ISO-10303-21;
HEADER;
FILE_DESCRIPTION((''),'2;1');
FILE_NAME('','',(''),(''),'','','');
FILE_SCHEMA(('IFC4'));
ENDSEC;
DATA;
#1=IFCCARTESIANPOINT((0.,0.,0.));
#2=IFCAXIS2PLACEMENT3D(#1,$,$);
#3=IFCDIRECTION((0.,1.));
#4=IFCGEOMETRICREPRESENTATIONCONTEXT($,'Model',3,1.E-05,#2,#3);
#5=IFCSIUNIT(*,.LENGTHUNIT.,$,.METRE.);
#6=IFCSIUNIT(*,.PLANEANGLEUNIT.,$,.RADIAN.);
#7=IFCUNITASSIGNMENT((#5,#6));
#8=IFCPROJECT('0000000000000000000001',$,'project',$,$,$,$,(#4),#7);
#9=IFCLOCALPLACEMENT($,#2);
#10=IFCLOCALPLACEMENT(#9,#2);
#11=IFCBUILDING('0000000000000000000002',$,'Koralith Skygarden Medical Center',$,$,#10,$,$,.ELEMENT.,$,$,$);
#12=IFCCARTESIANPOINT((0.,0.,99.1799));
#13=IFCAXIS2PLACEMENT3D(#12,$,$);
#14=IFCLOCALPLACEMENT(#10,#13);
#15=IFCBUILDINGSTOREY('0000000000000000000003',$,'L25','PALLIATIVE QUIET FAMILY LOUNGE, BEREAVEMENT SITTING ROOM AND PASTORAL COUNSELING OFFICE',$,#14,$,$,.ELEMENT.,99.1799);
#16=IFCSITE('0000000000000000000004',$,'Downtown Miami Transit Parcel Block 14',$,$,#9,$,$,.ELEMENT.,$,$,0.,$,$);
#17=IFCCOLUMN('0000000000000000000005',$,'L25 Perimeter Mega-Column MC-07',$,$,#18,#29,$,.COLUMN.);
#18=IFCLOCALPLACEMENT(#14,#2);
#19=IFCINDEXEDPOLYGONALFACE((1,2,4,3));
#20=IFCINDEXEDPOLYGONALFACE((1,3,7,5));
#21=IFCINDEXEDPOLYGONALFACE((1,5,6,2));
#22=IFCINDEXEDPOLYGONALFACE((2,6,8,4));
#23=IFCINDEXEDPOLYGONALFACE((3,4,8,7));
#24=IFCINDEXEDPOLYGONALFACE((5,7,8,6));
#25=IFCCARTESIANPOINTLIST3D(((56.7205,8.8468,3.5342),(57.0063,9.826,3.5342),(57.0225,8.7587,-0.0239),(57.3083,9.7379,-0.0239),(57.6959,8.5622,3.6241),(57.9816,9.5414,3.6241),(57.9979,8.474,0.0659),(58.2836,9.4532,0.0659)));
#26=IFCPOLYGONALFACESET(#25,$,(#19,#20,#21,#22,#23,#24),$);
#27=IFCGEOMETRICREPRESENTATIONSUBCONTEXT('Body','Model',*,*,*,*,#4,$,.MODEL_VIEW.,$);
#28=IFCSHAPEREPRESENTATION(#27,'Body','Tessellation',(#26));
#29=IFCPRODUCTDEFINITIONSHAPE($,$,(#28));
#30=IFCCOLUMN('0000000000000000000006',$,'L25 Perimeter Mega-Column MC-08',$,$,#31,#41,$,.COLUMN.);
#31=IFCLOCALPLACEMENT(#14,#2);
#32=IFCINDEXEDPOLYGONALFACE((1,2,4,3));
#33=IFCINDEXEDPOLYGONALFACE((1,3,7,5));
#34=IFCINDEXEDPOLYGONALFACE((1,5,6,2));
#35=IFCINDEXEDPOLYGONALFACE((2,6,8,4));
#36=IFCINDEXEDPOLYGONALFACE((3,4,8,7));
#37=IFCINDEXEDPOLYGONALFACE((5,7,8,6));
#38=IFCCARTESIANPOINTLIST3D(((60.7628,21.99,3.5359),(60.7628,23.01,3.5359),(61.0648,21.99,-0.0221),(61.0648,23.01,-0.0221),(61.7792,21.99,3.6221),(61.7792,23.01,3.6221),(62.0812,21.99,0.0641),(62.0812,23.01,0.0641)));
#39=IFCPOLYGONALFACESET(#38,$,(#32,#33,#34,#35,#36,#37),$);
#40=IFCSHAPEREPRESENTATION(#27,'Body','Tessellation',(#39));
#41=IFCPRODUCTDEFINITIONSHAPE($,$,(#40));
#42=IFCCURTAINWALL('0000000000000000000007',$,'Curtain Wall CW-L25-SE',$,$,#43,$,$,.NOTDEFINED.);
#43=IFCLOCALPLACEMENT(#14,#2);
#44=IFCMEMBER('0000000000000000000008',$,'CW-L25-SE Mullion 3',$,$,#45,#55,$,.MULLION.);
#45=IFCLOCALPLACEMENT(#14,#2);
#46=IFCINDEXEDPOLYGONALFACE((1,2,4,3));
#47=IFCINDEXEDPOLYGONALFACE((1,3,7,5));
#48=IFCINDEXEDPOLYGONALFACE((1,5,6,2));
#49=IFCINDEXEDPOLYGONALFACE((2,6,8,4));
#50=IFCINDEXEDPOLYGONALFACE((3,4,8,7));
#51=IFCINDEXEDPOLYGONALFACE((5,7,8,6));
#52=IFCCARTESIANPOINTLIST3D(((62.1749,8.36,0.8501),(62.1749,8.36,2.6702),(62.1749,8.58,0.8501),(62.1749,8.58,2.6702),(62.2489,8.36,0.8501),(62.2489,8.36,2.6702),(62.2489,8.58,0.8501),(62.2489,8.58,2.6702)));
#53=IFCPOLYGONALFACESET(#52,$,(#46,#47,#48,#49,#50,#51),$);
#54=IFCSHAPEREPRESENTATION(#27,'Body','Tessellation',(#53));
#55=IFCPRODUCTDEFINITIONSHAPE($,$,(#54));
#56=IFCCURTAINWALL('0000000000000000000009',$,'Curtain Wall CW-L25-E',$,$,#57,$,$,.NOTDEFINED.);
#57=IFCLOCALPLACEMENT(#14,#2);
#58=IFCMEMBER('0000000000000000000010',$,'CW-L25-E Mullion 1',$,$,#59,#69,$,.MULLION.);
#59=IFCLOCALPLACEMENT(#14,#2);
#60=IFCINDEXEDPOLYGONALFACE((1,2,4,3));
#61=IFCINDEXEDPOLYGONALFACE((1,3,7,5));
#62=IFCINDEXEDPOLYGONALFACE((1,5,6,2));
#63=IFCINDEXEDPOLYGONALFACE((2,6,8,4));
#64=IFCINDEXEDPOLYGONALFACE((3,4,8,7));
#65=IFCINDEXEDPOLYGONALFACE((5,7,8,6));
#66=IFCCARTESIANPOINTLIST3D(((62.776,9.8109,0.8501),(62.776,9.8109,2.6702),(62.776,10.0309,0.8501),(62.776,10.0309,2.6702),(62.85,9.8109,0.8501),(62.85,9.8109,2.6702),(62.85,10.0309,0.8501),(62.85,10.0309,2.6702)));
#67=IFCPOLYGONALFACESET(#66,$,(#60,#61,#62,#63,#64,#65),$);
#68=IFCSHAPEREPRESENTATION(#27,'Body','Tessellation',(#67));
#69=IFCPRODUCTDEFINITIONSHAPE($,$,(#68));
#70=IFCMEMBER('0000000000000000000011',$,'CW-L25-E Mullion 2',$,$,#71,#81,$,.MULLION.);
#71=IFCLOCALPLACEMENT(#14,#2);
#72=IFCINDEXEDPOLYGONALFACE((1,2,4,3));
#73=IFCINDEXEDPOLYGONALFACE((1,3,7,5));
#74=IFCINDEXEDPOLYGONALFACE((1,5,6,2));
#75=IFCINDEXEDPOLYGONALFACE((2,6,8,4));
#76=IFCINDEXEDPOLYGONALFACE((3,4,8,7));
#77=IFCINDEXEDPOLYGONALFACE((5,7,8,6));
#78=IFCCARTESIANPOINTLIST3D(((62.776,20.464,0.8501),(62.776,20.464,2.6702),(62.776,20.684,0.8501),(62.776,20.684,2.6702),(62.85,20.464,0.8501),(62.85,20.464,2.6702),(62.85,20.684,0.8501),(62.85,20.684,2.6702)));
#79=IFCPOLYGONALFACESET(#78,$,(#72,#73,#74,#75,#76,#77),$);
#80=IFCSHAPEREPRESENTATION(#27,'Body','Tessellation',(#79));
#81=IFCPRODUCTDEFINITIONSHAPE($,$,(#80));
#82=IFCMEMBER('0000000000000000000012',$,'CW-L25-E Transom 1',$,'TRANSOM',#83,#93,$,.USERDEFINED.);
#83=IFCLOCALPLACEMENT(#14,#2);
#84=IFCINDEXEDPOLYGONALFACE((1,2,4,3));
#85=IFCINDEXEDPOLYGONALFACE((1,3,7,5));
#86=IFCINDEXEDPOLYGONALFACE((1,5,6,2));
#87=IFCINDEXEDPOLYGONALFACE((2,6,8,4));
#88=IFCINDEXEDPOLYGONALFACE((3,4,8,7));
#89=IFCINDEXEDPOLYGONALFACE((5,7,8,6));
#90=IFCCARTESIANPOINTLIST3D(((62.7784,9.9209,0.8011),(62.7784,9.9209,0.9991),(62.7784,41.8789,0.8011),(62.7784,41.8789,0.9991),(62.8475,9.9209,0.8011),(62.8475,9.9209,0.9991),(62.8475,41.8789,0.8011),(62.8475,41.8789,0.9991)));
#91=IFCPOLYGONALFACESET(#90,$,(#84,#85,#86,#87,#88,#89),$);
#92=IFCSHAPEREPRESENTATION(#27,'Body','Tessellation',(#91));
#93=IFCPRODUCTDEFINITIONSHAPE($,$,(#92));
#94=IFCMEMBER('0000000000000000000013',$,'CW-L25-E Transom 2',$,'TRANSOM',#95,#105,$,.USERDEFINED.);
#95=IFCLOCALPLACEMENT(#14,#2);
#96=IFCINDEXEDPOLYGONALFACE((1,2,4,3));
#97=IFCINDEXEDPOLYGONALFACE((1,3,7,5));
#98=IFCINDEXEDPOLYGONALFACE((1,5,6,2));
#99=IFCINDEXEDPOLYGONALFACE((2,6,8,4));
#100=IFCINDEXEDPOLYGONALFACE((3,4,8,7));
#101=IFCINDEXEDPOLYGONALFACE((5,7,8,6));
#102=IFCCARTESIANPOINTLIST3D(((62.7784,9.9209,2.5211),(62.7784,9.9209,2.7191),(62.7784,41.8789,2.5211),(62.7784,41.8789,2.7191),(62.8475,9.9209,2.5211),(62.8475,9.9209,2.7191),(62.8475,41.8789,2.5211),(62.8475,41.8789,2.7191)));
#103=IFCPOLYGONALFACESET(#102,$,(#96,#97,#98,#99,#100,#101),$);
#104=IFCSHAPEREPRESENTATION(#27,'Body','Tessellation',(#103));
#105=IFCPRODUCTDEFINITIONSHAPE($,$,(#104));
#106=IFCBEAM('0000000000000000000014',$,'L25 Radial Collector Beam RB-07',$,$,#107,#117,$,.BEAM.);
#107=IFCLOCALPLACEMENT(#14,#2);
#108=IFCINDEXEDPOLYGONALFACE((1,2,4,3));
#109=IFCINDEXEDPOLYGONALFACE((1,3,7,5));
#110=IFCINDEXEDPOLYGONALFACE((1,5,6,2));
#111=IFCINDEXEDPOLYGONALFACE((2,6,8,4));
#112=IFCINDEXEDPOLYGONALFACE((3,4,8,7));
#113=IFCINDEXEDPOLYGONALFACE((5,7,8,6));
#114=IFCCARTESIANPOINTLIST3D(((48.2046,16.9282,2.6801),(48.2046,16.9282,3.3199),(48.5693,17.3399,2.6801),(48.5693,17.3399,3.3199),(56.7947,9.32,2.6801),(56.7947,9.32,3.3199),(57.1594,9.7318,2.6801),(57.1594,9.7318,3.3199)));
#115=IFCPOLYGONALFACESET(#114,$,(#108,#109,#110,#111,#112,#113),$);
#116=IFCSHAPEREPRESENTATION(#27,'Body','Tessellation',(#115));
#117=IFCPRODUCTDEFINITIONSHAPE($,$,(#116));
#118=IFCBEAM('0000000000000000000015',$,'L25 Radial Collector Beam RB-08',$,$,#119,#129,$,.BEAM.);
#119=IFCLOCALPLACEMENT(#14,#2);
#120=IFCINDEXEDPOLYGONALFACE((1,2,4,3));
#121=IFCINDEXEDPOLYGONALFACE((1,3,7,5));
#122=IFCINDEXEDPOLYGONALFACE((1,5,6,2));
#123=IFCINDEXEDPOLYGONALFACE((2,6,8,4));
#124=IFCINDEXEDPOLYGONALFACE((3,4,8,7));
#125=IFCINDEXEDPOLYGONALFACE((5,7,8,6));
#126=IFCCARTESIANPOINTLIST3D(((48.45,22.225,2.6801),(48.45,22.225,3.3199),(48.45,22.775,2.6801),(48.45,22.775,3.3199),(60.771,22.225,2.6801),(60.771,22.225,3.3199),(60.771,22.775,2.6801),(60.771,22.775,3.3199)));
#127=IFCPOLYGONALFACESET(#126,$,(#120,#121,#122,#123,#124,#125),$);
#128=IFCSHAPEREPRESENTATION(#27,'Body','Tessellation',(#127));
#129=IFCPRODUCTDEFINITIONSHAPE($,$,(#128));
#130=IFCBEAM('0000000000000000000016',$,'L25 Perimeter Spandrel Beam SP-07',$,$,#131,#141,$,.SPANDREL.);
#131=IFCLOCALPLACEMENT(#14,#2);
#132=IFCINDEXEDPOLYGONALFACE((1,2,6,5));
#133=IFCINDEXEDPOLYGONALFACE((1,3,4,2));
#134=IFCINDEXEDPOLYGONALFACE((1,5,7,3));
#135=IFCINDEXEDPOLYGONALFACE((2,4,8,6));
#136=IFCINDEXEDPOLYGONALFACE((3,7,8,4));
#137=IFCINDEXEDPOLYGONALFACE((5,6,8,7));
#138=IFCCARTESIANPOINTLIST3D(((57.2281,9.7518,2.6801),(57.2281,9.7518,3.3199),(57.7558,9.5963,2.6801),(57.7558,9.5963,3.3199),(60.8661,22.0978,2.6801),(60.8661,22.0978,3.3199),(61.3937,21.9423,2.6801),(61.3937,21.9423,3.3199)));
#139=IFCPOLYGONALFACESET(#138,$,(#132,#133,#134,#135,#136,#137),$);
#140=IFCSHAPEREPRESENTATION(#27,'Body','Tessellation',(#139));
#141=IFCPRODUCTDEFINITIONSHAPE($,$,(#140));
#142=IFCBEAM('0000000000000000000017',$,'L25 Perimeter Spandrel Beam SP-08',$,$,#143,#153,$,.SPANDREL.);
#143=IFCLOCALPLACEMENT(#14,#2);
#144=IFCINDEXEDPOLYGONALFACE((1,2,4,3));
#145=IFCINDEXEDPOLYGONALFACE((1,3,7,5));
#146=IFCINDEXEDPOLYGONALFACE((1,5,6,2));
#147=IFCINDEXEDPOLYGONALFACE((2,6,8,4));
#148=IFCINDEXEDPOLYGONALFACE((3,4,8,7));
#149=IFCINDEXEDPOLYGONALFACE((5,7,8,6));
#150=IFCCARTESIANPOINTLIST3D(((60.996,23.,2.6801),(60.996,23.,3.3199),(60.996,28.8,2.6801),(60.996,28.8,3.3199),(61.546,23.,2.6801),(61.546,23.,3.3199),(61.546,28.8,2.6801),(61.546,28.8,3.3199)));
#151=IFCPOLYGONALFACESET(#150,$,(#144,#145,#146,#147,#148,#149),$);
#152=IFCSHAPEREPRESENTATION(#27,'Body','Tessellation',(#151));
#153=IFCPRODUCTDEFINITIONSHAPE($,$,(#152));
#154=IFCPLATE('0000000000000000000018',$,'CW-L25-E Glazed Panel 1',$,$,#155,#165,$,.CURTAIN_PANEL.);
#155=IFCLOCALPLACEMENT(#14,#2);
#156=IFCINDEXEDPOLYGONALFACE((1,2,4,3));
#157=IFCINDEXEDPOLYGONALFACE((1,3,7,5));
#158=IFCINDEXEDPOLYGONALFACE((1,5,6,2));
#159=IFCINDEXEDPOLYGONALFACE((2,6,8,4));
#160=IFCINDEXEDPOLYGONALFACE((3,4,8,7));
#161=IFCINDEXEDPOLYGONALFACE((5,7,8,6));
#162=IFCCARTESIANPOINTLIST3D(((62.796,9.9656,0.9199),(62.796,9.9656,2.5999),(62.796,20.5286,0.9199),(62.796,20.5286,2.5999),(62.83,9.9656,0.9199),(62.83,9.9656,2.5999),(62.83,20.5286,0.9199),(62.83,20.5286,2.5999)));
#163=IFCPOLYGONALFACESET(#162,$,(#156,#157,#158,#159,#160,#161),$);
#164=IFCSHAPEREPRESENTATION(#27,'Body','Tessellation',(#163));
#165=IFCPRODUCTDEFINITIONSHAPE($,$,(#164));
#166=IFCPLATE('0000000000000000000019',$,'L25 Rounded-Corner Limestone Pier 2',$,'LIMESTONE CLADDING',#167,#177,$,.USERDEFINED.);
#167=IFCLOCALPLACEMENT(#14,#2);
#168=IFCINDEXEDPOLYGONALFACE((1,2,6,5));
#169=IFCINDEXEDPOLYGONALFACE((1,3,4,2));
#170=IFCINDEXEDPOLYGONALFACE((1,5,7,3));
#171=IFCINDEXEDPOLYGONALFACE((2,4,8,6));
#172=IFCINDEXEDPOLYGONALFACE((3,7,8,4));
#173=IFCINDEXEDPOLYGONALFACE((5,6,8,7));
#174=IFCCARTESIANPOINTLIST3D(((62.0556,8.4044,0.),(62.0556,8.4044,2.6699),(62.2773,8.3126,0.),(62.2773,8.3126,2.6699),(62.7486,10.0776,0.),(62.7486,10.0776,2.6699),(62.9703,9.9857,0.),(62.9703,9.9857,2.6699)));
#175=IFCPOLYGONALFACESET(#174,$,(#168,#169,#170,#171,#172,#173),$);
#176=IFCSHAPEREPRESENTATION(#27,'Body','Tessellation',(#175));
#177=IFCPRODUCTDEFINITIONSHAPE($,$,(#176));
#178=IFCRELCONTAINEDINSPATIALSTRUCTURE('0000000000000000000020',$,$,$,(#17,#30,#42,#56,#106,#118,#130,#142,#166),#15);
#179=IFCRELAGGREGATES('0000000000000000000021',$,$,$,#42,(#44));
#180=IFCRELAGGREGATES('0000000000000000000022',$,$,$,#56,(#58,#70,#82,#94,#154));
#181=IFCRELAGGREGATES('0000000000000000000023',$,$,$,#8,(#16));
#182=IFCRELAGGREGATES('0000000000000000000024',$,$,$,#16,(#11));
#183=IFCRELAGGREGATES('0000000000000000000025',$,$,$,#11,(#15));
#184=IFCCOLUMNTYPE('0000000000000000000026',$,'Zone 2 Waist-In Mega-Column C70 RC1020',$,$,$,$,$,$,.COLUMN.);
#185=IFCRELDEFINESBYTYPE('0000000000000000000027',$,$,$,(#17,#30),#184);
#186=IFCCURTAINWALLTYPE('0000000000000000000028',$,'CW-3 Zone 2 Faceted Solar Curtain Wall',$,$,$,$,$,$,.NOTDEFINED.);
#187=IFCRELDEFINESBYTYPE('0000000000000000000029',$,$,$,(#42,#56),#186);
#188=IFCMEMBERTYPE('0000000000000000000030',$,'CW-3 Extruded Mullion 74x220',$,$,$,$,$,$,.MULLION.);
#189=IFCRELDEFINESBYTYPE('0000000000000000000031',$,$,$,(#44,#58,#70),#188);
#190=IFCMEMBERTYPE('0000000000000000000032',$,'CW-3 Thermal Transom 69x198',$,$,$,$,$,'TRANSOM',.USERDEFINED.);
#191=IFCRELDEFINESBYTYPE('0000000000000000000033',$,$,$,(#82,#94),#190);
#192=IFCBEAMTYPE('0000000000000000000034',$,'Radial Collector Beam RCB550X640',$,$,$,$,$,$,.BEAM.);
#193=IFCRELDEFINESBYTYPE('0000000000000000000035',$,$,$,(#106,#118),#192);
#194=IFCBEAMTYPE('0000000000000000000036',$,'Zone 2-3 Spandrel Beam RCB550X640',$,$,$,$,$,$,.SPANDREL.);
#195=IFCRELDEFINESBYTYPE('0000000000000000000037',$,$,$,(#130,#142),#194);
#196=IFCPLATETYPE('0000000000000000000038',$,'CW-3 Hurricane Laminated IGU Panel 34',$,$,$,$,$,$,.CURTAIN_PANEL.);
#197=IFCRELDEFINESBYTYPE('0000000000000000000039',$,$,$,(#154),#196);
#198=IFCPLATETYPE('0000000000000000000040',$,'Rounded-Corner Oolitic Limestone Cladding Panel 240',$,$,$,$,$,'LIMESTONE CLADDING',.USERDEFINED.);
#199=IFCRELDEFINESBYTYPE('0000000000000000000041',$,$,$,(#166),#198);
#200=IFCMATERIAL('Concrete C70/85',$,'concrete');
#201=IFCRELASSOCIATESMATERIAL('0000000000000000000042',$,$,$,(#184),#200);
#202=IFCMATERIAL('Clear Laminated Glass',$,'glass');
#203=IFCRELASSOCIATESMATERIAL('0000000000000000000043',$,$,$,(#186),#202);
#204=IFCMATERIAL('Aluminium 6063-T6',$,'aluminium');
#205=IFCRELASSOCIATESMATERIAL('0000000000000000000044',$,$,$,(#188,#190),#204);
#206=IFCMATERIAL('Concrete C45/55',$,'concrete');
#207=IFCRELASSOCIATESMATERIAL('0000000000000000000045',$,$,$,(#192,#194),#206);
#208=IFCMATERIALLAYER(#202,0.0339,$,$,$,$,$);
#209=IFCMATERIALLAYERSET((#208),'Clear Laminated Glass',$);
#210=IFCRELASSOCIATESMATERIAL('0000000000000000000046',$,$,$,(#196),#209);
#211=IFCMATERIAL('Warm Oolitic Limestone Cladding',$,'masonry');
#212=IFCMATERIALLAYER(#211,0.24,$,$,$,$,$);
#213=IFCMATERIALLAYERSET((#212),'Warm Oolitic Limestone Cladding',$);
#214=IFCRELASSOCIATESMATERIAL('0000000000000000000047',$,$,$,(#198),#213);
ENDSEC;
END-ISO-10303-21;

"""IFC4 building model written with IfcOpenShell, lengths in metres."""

from ifc_helpers import new_model, si_unit, direction, frame, origin, origin_2d, place, context, subcontext, project, spatial, rectangle, extrude, material, layer, layer_set, material_profile, profile_set, type_object, element, aggregate, save


model = new_model("IFC4")

# Units and contexts
model_context = context("Model", 3, precision=1e-05, world=origin(), true_north=direction((0.0, 1.0)))
body_context = subcontext(model_context, "Body", "Model", "MODEL_VIEW")
ifc_project = project(units=[si_unit("LENGTHUNIT", "METRE"), si_unit("PLANEANGLEUNIT", "RADIAN")], contexts=[model_context])

# Site, building, storey
site_placement = place(None, origin())
site = spatial("IfcSite", under=ifc_project, at=site_placement, Name="Downtown Miami Transit Parcel Block 14", CompositionType="ELEMENT", RefElevation=0.0)
building_placement = place(site_placement, origin())
building = spatial("IfcBuilding", under=site, at=building_placement, Name="Koralith Skygarden Medical Center", CompositionType="ELEMENT")
storey_placement = place(building_placement, frame((0.0, 0.0, 99.1799)))
storey = spatial("IfcBuildingStorey", under=building, at=storey_placement, Name="L25", Description="PALLIATIVE QUIET FAMILY LOUNGE, BEREAVEMENT SITTING ROOM AND PASTORAL COUNSELING OFFICE", CompositionType="ELEMENT", Elevation=99.1799)

# Columns
ifc_material_1 = material(Name="Concrete C70/85", Category="concrete")
ifc_material_profile_1 = material_profile(ifc_material_1, rectangle(XDim=1.02, YDim=1.02, at=origin_2d()), Name="RC1020X1020")
ifc_profile_set_1 = profile_set([ifc_material_profile_1], Name="Concrete C70/85")
column_type = type_object("IfcColumnType", Name="Zone 2 Waist-In Mega-Column C70 RC1020", PredefinedType="COLUMN", material=ifc_profile_set_1)
column_1_placement = place(storey_placement, frame((57.6531, 9.106, 0.021), z_axis=(-0.084547, 0.024674, 0.996114), x_axis=(-0.280149, -0.959957, 0.0)))
element("IfcColumn", 1, at=column_1_placement, inside=storey, type_object=column_type, Name="L25 Perimeter Mega-Column MC-07", PredefinedType="COLUMN", context=body_context, shape_type="SweptSolid", body=[
    extrude(rectangle(XDim=1.02, YDim=1.02, at=origin_2d()), origin(), (0.0, 0.0, 1.0), 3.572),
])
column_2_placement = place(storey_placement, frame((61.573, 22.5, 0.021), z_axis=(-0.084573, 0.0, 0.996417), x_axis=(0.0, -1.0, 0.0)))
element("IfcColumn", 2, at=column_2_placement, inside=storey, type_object=column_type, Name="L25 Perimeter Mega-Column MC-08", PredefinedType="COLUMN", context=body_context, shape_type="SweptSolid", body=[
    extrude(rectangle(XDim=1.02, YDim=1.02, at=origin_2d()), origin(), (0.0, 0.0, 1.0), 3.5708),
])

# Curtain wall, member
ifc_material_2 = material(Name="Clear Laminated Glass", Category="glass")
curtain_wall_type = type_object("IfcCurtainWallType", Name="CW-3 Zone 2 Faceted Solar Curtain Wall", PredefinedType="NOTDEFINED", material=ifc_material_2)
curtain_wall_1_placement = place(storey_placement, origin())
curtain_wall_1 = element("IfcCurtainWall", 3, at=curtain_wall_1_placement, inside=storey, type_object=curtain_wall_type, Name="Curtain Wall CW-L25-SE", PredefinedType="NOTDEFINED")
ifc_material_3 = material(Name="Aluminium 6063-T6", Category="aluminium")
ifc_material_profile_2 = material_profile(ifc_material_3, rectangle(XDim=0.074, YDim=0.22, at=origin_2d()), Name="MUL74X220")
ifc_profile_set_2 = profile_set([ifc_material_profile_2], Name="Aluminium 6063-T6")
member_type_1 = type_object("IfcMemberType", Name="CW-3 Extruded Mullion 74x220", PredefinedType="MULLION", material=ifc_profile_set_2)
member_1_placement = place(storey_placement, frame((62.2119, 8.47, 0.8501), z_axis=(0.0, 0.0, 1.0), x_axis=(1.0, 0.0, 0.0)))
member_1 = element("IfcMember", 4, at=member_1_placement, type_object=member_type_1, Name="CW-L25-SE Mullion 3", PredefinedType="MULLION", context=body_context, shape_type="SweptSolid", body=[
    extrude(rectangle(XDim=0.074, YDim=0.22, at=origin_2d()), origin(), (0.0, 0.0, 1.0), 1.8201),
])
aggregate(curtain_wall_1, [member_1])

# Curtain wall, members
curtain_wall_2_placement = place(storey_placement, origin())
curtain_wall_2 = element("IfcCurtainWall", 5, at=curtain_wall_2_placement, inside=storey, type_object=curtain_wall_type, Name="Curtain Wall CW-L25-E", PredefinedType="NOTDEFINED")
member_2_placement = place(storey_placement, frame((62.813, 9.9209, 0.8501), z_axis=(0.0, 0.0, 1.0), x_axis=(1.0, 0.0, 0.0)))
member_2 = element("IfcMember", 6, at=member_2_placement, type_object=member_type_1, Name="CW-L25-E Mullion 1", PredefinedType="MULLION", context=body_context, shape_type="SweptSolid", body=[
    extrude(rectangle(XDim=0.074, YDim=0.22, at=origin_2d()), origin(), (0.0, 0.0, 1.0), 1.8201),
])
member_3_placement = place(storey_placement, frame((62.813, 20.574, 0.8501), z_axis=(0.0, 0.0, 1.0), x_axis=(1.0, 0.0, 0.0)))
member_3 = element("IfcMember", 7, at=member_3_placement, type_object=member_type_1, Name="CW-L25-E Mullion 2", PredefinedType="MULLION", context=body_context, shape_type="SweptSolid", body=[
    extrude(rectangle(XDim=0.074, YDim=0.22, at=origin_2d()), origin(), (0.0, 0.0, 1.0), 1.8201),
])
ifc_material_profile_3 = material_profile(ifc_material_3, rectangle(XDim=0.0691, YDim=0.198, at=origin_2d()), Name="TRN69X198")
ifc_profile_set_3 = profile_set([ifc_material_profile_3], Name="Aluminium 6063-T6")
member_type_2 = type_object("IfcMemberType", Name="CW-3 Thermal Transom 69x198", ElementType="TRANSOM", PredefinedType="USERDEFINED", material=ifc_profile_set_3)
member_4_placement = place(storey_placement, frame((62.813, 9.9209, 0.9001), z_axis=(0.0, 1.0, 0.0), x_axis=(-1.0, 0.0, 0.0)))
member_4 = element("IfcMember", 8, at=member_4_placement, type_object=member_type_2, Name="CW-L25-E Transom 1", ObjectType="TRANSOM", PredefinedType="USERDEFINED", context=body_context, shape_type="SweptSolid", body=[
    extrude(rectangle(XDim=0.0691, YDim=0.198, at=origin_2d()), origin(), (0.0, 0.0, 1.0), 31.958),
])
member_5_placement = place(storey_placement, frame((62.813, 9.9209, 2.6201), z_axis=(0.0, 1.0, 0.0), x_axis=(-1.0, 0.0, 0.0)))
member_5 = element("IfcMember", 9, at=member_5_placement, type_object=member_type_2, Name="CW-L25-E Transom 2", ObjectType="TRANSOM", PredefinedType="USERDEFINED", context=body_context, shape_type="SweptSolid", body=[
    extrude(rectangle(XDim=0.0691, YDim=0.198, at=origin_2d()), origin(), (0.0, 0.0, 1.0), 31.958),
])

# Beams
ifc_material_4 = material(Name="Concrete C45/55", Category="concrete")
ifc_material_profile_4 = material_profile(ifc_material_4, rectangle(XDim=0.55, YDim=0.6399, at=origin_2d()), Name="RCB550X640")
ifc_profile_set_4 = profile_set([ifc_material_profile_4], Name="Concrete C45/55")
beam_type_1 = type_object("IfcBeamType", Name="Radial Collector Beam RCB550X640", PredefinedType="BEAM", material=ifc_profile_set_4)
beam_1_placement = place(storey_placement, frame((48.387, 17.134, 3.0), z_axis=(0.748597, -0.663025, 0.0), x_axis=(0.663025, 0.748597, 0.0)))
element("IfcBeam", 10, at=beam_1_placement, inside=storey, type_object=beam_type_1, Name="L25 Radial Collector Beam RB-07", PredefinedType="BEAM", context=body_context, shape_type="SweptSolid", body=[
    extrude(rectangle(XDim=0.55, YDim=0.6399, at=origin_2d()), origin(), (0.0, 0.0, 1.0), 11.4749),
])
beam_2_placement = place(storey_placement, frame((48.45, 22.5, 3.0), z_axis=(1.0, 0.0, 0.0), x_axis=(0.0, 1.0, 0.0)))
element("IfcBeam", 11, at=beam_2_placement, inside=storey, type_object=beam_type_1, Name="L25 Radial Collector Beam RB-08", PredefinedType="BEAM", context=body_context, shape_type="SweptSolid", body=[
    extrude(rectangle(XDim=0.55, YDim=0.6399, at=origin_2d()), origin(), (0.0, 0.0, 1.0), 12.321),
])
ifc_material_profile_5 = material_profile(ifc_material_4, rectangle(XDim=0.55, YDim=0.6399, at=origin_2d()), Name="RCB550X640")
ifc_profile_set_5 = profile_set([ifc_material_profile_5], Name="Concrete C45/55")
beam_type_2 = type_object("IfcBeamType", Name="Zone 2-3 Spandrel Beam RCB550X640", PredefinedType="SPANDREL", material=ifc_profile_set_5)
beam_3_placement = place(storey_placement, frame((57.4919, 9.6741, 3.0), z_axis=(0.282651, 0.959223, 0.0), x_axis=(-0.959223, 0.282651, 0.0)))
element("IfcBeam", 12, at=beam_3_placement, inside=storey, type_object=beam_type_2, Name="L25 Perimeter Spandrel Beam SP-07", PredefinedType="SPANDREL", context=body_context, shape_type="SweptSolid", body=[
    extrude(rectangle(XDim=0.55, YDim=0.6399, at=origin_2d()), origin(), (0.0, 0.0, 1.0), 12.8708),
])
beam_4_placement = place(storey_placement, frame((61.271, 23.0, 3.0), z_axis=(0.0, 1.0, 0.0), x_axis=(-1.0, 0.0, 0.0)))
element("IfcBeam", 13, at=beam_4_placement, inside=storey, type_object=beam_type_2, Name="L25 Perimeter Spandrel Beam SP-08", PredefinedType="SPANDREL", context=body_context, shape_type="SweptSolid", body=[
    extrude(rectangle(XDim=0.55, YDim=0.6399, at=origin_2d()), origin(), (0.0, 0.0, 1.0), 5.8),
])

# Plates
ifc_layer_1 = layer(ifc_material_2, 0.0339)
ifc_layer_set_1 = layer_set([ifc_layer_1], Name="Clear Laminated Glass")
plate_type_1 = type_object("IfcPlateType", Name="CW-3 Hurricane Laminated IGU Panel 34", PredefinedType="CURTAIN_PANEL", material=ifc_layer_set_1)
plate_1_placement = place(storey_placement, frame((62.813, 15.2471, 0.9199), z_axis=(0.0, 0.0, 1.0), x_axis=(0.0, 1.0, 0.0)))
plate_1 = element("IfcPlate", 14, at=plate_1_placement, type_object=plate_type_1, Name="CW-L25-E Glazed Panel 1", PredefinedType="CURTAIN_PANEL", context=body_context, shape_type="SweptSolid", body=[
    extrude(rectangle(XDim=10.563, YDim=0.0339, at=origin_2d()), origin(), (0.0, 0.0, 1.0), 1.6799),
])
aggregate(curtain_wall_2, [member_2, member_3, member_4, member_5, plate_1])
ifc_material_5 = material(Name="Warm Oolitic Limestone Cladding", Category="masonry")
ifc_layer_2 = layer(ifc_material_5, 0.24)
ifc_layer_set_2 = layer_set([ifc_layer_2], Name="Warm Oolitic Limestone Cladding")
plate_type_2 = type_object("IfcPlateType", Name="Rounded-Corner Oolitic Limestone Cladding Panel 240", ElementType="LIMESTONE CLADDING", PredefinedType="USERDEFINED", material=ifc_layer_set_2)
plate_2_placement = place(storey_placement, frame((62.5129, 9.1951, 0.0), z_axis=(0.0, 0.0, 1.0), x_axis=(0.382671, 0.923885, 0.0)))
element("IfcPlate", 15, at=plate_2_placement, inside=storey, type_object=plate_type_2, Name="L25 Rounded-Corner Limestone Pier 2", ObjectType="LIMESTONE CLADDING", PredefinedType="USERDEFINED", context=body_context, shape_type="SweptSolid", body=[
    extrude(rectangle(XDim=1.811, YDim=0.24, at=origin_2d()), origin(), (0.0, 0.0, 1.0), 2.6699),
])

save(model, "model.ifc")
